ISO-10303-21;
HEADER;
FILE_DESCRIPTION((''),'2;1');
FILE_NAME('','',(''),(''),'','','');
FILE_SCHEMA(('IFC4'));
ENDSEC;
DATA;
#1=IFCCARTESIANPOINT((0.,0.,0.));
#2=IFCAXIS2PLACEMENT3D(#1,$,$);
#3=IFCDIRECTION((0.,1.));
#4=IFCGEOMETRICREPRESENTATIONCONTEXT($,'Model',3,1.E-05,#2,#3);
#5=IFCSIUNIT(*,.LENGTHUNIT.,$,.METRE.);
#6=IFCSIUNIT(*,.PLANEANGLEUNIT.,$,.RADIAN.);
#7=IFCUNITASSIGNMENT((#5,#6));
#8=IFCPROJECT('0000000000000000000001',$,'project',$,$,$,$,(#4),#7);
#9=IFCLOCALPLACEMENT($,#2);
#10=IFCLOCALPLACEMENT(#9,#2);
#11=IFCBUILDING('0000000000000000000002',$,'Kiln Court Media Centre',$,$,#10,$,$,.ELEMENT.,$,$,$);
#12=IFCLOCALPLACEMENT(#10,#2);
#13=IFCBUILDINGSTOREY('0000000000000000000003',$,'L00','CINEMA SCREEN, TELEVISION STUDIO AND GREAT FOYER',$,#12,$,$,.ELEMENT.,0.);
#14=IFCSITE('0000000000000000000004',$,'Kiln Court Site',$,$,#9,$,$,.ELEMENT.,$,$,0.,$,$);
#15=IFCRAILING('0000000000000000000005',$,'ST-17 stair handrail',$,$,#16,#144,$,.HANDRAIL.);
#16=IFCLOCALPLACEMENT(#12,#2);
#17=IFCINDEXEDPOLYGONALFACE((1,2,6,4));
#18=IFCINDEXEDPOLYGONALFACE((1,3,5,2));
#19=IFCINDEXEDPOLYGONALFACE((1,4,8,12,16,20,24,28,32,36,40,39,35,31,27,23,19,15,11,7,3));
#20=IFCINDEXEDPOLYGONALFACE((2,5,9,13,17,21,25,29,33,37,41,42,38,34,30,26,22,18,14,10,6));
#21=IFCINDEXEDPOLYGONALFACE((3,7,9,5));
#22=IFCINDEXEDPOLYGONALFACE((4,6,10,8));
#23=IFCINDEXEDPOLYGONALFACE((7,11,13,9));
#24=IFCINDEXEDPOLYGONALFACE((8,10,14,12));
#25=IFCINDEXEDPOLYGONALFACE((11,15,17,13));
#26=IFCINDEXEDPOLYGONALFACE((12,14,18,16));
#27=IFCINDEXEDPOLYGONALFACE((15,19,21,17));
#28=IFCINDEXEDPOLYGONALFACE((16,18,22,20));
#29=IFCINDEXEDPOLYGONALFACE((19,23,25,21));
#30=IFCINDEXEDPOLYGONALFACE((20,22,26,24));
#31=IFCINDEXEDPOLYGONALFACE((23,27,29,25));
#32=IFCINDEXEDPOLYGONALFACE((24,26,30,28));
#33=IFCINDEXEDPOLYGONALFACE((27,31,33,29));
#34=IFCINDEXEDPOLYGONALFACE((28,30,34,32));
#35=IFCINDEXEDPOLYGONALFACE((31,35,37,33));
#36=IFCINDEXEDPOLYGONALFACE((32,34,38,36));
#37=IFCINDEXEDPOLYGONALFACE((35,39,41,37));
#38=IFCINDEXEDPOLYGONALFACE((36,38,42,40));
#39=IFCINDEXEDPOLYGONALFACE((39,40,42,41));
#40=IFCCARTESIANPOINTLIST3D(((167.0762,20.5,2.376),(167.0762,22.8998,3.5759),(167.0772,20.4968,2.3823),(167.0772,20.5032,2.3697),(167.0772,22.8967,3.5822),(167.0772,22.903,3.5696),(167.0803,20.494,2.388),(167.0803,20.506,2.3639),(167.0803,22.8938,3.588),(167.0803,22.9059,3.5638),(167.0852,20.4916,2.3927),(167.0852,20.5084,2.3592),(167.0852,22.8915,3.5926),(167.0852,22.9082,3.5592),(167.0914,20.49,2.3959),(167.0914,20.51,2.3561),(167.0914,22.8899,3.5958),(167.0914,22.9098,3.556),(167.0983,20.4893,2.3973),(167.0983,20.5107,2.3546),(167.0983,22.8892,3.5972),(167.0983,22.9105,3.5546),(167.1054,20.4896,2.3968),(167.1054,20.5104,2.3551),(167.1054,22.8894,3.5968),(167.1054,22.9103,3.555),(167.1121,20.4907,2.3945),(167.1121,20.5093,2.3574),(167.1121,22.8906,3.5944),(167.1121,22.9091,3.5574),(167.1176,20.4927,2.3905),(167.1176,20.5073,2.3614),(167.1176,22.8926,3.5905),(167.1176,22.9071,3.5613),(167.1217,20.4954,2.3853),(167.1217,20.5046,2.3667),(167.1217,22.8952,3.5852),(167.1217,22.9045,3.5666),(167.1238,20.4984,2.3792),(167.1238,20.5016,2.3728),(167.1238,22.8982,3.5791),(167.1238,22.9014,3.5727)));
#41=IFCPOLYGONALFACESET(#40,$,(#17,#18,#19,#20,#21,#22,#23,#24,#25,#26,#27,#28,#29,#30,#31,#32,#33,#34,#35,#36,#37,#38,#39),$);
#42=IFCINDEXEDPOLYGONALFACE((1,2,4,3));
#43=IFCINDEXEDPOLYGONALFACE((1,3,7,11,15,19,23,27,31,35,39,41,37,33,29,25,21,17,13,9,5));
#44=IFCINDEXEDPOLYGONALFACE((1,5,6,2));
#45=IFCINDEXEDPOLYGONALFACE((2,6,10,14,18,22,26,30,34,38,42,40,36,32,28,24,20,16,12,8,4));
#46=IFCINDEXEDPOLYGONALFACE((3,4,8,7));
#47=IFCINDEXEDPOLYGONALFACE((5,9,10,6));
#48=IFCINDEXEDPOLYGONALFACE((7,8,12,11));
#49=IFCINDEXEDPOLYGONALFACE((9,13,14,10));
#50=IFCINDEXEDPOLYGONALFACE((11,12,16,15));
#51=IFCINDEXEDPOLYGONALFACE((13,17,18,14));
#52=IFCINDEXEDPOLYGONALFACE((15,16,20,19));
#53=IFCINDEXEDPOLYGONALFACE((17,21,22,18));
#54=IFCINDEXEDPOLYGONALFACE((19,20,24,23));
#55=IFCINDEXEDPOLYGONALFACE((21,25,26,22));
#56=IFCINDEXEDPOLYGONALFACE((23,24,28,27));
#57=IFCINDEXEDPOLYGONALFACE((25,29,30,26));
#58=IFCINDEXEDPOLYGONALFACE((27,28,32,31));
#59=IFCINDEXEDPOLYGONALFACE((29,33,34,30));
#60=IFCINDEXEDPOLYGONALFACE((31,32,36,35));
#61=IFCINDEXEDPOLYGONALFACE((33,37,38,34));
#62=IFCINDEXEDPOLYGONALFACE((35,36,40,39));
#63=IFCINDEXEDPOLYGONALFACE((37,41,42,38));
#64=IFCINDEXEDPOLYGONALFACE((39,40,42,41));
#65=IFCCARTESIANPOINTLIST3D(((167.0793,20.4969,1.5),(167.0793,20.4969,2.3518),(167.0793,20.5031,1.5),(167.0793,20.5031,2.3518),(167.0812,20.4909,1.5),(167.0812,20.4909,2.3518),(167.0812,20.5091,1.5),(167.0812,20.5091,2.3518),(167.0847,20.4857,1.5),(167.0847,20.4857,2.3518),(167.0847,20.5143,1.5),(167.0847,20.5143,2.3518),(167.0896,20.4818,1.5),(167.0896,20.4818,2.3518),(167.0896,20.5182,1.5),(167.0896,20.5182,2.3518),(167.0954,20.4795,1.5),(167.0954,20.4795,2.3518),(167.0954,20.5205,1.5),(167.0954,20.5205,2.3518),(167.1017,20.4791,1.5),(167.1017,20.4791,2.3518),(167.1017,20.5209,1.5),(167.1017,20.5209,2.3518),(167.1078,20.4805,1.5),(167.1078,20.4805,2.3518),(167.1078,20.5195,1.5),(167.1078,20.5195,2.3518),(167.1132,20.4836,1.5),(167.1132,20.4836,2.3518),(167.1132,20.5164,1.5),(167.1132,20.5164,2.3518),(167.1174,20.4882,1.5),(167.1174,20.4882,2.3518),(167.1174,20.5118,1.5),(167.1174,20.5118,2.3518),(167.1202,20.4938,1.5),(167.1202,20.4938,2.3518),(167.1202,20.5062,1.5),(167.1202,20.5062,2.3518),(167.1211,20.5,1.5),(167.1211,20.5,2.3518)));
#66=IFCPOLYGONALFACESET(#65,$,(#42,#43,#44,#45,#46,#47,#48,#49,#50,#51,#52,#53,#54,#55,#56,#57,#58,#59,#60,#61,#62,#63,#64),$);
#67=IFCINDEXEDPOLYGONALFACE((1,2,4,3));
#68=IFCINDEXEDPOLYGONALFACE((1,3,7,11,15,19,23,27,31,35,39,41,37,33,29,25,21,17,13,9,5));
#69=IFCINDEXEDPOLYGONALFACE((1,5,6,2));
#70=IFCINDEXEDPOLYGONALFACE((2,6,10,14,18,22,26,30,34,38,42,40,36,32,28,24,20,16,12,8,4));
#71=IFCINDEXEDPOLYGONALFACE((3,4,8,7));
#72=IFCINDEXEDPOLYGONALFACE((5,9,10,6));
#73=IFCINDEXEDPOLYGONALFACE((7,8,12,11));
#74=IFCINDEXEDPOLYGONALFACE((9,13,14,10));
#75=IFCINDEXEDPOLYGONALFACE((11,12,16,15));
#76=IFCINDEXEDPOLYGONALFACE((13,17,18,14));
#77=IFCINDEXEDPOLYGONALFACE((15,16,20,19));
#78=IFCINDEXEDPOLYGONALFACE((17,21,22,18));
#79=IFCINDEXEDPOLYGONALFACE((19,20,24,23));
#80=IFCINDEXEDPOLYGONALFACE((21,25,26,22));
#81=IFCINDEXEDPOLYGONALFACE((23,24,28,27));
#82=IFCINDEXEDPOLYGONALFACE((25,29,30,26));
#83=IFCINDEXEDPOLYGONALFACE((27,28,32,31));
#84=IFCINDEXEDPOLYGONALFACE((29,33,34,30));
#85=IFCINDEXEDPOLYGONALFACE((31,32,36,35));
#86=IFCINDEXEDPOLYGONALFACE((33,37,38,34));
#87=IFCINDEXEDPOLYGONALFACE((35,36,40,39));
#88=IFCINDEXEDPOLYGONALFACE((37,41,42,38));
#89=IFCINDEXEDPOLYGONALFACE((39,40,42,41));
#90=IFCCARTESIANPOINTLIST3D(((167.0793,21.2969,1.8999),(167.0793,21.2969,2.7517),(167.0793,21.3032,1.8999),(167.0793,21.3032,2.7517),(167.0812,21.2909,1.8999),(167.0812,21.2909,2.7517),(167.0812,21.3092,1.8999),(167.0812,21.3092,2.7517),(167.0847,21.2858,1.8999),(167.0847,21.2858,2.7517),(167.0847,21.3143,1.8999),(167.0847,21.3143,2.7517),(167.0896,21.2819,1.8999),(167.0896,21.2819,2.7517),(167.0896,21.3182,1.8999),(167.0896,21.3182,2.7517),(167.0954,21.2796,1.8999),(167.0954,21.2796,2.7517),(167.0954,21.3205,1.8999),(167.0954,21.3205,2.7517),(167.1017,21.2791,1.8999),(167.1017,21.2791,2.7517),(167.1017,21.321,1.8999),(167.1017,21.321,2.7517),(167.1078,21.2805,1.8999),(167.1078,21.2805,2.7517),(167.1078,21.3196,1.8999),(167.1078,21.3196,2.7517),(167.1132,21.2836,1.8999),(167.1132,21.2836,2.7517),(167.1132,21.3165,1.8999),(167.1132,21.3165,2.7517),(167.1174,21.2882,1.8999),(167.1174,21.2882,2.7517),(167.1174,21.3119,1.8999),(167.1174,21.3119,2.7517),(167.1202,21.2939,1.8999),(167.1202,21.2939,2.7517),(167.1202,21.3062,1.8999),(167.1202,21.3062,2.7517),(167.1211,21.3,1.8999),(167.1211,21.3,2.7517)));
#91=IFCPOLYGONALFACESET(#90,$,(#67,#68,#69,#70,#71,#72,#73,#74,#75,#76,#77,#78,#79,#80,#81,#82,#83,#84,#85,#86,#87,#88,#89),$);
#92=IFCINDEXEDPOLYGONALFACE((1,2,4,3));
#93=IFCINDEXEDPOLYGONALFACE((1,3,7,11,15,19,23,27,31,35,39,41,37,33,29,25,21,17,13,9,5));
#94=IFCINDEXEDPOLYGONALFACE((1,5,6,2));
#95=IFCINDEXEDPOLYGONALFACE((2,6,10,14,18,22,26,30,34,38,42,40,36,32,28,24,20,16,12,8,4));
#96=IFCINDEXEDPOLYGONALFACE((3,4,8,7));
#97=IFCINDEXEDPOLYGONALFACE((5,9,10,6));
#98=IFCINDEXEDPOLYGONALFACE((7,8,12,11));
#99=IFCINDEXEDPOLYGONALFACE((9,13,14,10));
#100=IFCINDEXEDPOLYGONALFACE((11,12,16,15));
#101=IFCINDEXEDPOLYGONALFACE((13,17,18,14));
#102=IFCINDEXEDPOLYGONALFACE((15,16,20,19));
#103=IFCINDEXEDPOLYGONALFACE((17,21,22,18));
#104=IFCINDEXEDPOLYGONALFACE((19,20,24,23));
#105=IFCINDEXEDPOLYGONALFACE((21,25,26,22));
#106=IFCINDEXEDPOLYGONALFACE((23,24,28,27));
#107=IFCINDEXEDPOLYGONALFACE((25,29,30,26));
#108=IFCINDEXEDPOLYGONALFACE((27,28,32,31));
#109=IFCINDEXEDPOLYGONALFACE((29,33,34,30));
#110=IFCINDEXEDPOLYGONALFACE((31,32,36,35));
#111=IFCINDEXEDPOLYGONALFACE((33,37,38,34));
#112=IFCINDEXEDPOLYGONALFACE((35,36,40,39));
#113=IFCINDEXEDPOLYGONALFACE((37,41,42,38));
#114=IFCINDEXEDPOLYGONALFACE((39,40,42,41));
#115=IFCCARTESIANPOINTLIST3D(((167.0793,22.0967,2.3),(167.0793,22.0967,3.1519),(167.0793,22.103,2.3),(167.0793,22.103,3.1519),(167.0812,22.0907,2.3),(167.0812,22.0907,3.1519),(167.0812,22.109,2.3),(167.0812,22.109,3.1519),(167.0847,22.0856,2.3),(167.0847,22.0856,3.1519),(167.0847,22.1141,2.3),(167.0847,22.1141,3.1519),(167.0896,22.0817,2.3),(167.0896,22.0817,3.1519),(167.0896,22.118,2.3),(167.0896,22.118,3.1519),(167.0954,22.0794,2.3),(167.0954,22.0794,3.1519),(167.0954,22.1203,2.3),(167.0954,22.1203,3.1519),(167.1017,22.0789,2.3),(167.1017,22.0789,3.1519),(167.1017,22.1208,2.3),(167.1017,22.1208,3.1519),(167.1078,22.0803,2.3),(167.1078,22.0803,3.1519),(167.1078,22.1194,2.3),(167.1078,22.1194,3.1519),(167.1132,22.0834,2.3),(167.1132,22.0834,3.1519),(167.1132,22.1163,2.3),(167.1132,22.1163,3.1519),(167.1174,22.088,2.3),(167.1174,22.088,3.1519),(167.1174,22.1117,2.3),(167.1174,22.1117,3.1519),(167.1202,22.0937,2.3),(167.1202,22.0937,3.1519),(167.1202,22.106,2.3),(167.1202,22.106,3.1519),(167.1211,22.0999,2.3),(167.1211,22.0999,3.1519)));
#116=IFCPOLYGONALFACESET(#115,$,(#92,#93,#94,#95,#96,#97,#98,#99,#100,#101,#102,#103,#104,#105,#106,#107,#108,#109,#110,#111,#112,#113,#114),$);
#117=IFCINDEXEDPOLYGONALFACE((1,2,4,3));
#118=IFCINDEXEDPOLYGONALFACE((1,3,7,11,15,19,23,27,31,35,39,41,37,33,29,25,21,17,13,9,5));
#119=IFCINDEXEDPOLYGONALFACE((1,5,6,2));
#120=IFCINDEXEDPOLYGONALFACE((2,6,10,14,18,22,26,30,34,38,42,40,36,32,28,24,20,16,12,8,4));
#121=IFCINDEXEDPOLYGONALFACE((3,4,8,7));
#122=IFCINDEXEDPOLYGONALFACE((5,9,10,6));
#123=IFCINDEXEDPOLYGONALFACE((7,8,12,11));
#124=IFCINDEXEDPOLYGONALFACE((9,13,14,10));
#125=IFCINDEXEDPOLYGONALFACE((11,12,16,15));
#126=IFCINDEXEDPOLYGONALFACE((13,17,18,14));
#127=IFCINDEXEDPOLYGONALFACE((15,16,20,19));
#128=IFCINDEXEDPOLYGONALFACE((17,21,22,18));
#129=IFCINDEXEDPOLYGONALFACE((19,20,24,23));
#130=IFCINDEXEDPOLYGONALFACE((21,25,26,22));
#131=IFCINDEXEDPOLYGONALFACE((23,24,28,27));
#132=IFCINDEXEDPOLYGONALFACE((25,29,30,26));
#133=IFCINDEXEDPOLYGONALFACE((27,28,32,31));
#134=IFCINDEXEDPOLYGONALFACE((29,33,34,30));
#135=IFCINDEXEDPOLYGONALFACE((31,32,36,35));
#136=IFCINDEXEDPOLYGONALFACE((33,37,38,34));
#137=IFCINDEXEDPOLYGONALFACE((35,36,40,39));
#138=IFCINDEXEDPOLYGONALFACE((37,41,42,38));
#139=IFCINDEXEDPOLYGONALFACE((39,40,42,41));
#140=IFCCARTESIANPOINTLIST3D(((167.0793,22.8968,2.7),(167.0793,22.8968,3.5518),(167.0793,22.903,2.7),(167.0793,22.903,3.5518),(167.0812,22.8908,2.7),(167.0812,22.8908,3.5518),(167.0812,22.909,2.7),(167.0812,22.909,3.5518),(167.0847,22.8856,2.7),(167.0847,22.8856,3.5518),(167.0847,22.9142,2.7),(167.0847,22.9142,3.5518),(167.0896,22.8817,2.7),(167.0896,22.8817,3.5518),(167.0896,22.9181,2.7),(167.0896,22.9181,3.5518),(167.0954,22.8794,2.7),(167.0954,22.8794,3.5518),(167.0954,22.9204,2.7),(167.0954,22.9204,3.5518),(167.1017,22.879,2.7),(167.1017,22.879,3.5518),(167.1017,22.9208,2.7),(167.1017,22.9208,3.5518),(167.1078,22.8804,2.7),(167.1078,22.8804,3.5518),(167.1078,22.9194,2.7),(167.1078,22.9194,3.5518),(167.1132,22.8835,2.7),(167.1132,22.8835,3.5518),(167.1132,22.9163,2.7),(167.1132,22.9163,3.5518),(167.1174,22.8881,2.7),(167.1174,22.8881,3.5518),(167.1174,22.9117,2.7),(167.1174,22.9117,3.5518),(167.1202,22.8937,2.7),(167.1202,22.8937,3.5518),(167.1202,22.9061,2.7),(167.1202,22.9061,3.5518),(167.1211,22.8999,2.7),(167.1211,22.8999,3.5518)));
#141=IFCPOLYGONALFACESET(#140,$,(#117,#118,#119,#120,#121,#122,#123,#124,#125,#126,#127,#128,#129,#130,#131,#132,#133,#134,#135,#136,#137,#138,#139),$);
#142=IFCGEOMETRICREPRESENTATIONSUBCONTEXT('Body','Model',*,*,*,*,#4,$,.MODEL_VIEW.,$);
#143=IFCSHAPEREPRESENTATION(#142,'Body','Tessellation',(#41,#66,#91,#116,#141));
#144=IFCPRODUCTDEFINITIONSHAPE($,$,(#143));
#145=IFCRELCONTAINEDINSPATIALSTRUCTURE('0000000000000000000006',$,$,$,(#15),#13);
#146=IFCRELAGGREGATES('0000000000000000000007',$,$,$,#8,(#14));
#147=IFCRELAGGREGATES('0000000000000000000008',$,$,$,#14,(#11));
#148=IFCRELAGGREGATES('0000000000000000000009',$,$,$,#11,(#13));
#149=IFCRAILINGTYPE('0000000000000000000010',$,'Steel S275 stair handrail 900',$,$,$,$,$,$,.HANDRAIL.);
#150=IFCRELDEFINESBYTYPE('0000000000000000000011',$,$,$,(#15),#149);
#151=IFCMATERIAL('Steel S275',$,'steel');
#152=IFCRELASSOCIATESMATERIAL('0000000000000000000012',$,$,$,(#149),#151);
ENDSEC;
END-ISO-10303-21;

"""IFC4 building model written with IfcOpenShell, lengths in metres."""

from ifc_helpers import new_model, si_unit, direction, frame, origin, origin_2d, place, context, subcontext, project, spatial, circle, extrude, material, type_object, element, save


model = new_model("IFC4")

# Units and contexts
model_context = context("Model", 3, precision=1e-05, world=origin(), true_north=direction((0.0, 1.0)))
body_context = subcontext(model_context, "Body", "Model", "MODEL_VIEW")
ifc_project = project(units=[si_unit("LENGTHUNIT", "METRE"), si_unit("PLANEANGLEUNIT", "RADIAN")], contexts=[model_context])

# Site, building, storey
site_placement = place(None, origin())
site = spatial("IfcSite", under=ifc_project, at=site_placement, Name="Kiln Court Site", CompositionType="ELEMENT", RefElevation=0.0)
building_placement = place(site_placement, origin())
building = spatial("IfcBuilding", under=site, at=building_placement, Name="Kiln Court Media Centre", CompositionType="ELEMENT")
storey_placement = place(building_placement, origin())
storey = spatial("IfcBuildingStorey", under=building, at=storey_placement, Name="L00", Description="CINEMA SCREEN, TELEVISION STUDIO AND GREAT FOYER", CompositionType="ELEMENT", Elevation=0.0)

# Railing
ifc_material_1 = material(Name="Steel S275", Category="steel")
railing_type_1 = type_object("IfcRailingType", Name="Steel S275 stair handrail 900", PredefinedType="HANDRAIL", material=ifc_material_1)
railing_1_placement = place(storey_placement, frame((167.1001, 20.5, 1.5)))
element("IfcRailing", 1, at=railing_1_placement, inside=storey, type_object=railing_type_1, Name="ST-17 stair handrail", PredefinedType="HANDRAIL", context=body_context, shape_type="SweptSolid", body=[
    extrude(circle(Radius=0.0239, at=origin_2d()), frame((0.0, 0.0, 0.876), z_axis=(0.0, 0.894427, 0.447214), x_axis=(-1.0, 0.0, 0.0)), (0.0, 0.0, 1.0), 2.6831),
    extrude(circle(Radius=0.021, at=origin_2d()), origin(), (0.0, 0.0, 1.0), 0.8518),
    extrude(circle(Radius=0.021, at=origin_2d()), frame((0.0, 0.8, 0.3999)), (0.0, 0.0, 1.0), 0.8518),
    extrude(circle(Radius=0.021, at=origin_2d()), frame((0.0, 1.5999, 0.8)), (0.0, 0.0, 1.0), 0.8518),
    extrude(circle(Radius=0.021, at=origin_2d()), frame((0.0, 2.3999, 1.2)), (0.0, 0.0, 1.0), 0.8518),
])

save(model, "model.ifc")
